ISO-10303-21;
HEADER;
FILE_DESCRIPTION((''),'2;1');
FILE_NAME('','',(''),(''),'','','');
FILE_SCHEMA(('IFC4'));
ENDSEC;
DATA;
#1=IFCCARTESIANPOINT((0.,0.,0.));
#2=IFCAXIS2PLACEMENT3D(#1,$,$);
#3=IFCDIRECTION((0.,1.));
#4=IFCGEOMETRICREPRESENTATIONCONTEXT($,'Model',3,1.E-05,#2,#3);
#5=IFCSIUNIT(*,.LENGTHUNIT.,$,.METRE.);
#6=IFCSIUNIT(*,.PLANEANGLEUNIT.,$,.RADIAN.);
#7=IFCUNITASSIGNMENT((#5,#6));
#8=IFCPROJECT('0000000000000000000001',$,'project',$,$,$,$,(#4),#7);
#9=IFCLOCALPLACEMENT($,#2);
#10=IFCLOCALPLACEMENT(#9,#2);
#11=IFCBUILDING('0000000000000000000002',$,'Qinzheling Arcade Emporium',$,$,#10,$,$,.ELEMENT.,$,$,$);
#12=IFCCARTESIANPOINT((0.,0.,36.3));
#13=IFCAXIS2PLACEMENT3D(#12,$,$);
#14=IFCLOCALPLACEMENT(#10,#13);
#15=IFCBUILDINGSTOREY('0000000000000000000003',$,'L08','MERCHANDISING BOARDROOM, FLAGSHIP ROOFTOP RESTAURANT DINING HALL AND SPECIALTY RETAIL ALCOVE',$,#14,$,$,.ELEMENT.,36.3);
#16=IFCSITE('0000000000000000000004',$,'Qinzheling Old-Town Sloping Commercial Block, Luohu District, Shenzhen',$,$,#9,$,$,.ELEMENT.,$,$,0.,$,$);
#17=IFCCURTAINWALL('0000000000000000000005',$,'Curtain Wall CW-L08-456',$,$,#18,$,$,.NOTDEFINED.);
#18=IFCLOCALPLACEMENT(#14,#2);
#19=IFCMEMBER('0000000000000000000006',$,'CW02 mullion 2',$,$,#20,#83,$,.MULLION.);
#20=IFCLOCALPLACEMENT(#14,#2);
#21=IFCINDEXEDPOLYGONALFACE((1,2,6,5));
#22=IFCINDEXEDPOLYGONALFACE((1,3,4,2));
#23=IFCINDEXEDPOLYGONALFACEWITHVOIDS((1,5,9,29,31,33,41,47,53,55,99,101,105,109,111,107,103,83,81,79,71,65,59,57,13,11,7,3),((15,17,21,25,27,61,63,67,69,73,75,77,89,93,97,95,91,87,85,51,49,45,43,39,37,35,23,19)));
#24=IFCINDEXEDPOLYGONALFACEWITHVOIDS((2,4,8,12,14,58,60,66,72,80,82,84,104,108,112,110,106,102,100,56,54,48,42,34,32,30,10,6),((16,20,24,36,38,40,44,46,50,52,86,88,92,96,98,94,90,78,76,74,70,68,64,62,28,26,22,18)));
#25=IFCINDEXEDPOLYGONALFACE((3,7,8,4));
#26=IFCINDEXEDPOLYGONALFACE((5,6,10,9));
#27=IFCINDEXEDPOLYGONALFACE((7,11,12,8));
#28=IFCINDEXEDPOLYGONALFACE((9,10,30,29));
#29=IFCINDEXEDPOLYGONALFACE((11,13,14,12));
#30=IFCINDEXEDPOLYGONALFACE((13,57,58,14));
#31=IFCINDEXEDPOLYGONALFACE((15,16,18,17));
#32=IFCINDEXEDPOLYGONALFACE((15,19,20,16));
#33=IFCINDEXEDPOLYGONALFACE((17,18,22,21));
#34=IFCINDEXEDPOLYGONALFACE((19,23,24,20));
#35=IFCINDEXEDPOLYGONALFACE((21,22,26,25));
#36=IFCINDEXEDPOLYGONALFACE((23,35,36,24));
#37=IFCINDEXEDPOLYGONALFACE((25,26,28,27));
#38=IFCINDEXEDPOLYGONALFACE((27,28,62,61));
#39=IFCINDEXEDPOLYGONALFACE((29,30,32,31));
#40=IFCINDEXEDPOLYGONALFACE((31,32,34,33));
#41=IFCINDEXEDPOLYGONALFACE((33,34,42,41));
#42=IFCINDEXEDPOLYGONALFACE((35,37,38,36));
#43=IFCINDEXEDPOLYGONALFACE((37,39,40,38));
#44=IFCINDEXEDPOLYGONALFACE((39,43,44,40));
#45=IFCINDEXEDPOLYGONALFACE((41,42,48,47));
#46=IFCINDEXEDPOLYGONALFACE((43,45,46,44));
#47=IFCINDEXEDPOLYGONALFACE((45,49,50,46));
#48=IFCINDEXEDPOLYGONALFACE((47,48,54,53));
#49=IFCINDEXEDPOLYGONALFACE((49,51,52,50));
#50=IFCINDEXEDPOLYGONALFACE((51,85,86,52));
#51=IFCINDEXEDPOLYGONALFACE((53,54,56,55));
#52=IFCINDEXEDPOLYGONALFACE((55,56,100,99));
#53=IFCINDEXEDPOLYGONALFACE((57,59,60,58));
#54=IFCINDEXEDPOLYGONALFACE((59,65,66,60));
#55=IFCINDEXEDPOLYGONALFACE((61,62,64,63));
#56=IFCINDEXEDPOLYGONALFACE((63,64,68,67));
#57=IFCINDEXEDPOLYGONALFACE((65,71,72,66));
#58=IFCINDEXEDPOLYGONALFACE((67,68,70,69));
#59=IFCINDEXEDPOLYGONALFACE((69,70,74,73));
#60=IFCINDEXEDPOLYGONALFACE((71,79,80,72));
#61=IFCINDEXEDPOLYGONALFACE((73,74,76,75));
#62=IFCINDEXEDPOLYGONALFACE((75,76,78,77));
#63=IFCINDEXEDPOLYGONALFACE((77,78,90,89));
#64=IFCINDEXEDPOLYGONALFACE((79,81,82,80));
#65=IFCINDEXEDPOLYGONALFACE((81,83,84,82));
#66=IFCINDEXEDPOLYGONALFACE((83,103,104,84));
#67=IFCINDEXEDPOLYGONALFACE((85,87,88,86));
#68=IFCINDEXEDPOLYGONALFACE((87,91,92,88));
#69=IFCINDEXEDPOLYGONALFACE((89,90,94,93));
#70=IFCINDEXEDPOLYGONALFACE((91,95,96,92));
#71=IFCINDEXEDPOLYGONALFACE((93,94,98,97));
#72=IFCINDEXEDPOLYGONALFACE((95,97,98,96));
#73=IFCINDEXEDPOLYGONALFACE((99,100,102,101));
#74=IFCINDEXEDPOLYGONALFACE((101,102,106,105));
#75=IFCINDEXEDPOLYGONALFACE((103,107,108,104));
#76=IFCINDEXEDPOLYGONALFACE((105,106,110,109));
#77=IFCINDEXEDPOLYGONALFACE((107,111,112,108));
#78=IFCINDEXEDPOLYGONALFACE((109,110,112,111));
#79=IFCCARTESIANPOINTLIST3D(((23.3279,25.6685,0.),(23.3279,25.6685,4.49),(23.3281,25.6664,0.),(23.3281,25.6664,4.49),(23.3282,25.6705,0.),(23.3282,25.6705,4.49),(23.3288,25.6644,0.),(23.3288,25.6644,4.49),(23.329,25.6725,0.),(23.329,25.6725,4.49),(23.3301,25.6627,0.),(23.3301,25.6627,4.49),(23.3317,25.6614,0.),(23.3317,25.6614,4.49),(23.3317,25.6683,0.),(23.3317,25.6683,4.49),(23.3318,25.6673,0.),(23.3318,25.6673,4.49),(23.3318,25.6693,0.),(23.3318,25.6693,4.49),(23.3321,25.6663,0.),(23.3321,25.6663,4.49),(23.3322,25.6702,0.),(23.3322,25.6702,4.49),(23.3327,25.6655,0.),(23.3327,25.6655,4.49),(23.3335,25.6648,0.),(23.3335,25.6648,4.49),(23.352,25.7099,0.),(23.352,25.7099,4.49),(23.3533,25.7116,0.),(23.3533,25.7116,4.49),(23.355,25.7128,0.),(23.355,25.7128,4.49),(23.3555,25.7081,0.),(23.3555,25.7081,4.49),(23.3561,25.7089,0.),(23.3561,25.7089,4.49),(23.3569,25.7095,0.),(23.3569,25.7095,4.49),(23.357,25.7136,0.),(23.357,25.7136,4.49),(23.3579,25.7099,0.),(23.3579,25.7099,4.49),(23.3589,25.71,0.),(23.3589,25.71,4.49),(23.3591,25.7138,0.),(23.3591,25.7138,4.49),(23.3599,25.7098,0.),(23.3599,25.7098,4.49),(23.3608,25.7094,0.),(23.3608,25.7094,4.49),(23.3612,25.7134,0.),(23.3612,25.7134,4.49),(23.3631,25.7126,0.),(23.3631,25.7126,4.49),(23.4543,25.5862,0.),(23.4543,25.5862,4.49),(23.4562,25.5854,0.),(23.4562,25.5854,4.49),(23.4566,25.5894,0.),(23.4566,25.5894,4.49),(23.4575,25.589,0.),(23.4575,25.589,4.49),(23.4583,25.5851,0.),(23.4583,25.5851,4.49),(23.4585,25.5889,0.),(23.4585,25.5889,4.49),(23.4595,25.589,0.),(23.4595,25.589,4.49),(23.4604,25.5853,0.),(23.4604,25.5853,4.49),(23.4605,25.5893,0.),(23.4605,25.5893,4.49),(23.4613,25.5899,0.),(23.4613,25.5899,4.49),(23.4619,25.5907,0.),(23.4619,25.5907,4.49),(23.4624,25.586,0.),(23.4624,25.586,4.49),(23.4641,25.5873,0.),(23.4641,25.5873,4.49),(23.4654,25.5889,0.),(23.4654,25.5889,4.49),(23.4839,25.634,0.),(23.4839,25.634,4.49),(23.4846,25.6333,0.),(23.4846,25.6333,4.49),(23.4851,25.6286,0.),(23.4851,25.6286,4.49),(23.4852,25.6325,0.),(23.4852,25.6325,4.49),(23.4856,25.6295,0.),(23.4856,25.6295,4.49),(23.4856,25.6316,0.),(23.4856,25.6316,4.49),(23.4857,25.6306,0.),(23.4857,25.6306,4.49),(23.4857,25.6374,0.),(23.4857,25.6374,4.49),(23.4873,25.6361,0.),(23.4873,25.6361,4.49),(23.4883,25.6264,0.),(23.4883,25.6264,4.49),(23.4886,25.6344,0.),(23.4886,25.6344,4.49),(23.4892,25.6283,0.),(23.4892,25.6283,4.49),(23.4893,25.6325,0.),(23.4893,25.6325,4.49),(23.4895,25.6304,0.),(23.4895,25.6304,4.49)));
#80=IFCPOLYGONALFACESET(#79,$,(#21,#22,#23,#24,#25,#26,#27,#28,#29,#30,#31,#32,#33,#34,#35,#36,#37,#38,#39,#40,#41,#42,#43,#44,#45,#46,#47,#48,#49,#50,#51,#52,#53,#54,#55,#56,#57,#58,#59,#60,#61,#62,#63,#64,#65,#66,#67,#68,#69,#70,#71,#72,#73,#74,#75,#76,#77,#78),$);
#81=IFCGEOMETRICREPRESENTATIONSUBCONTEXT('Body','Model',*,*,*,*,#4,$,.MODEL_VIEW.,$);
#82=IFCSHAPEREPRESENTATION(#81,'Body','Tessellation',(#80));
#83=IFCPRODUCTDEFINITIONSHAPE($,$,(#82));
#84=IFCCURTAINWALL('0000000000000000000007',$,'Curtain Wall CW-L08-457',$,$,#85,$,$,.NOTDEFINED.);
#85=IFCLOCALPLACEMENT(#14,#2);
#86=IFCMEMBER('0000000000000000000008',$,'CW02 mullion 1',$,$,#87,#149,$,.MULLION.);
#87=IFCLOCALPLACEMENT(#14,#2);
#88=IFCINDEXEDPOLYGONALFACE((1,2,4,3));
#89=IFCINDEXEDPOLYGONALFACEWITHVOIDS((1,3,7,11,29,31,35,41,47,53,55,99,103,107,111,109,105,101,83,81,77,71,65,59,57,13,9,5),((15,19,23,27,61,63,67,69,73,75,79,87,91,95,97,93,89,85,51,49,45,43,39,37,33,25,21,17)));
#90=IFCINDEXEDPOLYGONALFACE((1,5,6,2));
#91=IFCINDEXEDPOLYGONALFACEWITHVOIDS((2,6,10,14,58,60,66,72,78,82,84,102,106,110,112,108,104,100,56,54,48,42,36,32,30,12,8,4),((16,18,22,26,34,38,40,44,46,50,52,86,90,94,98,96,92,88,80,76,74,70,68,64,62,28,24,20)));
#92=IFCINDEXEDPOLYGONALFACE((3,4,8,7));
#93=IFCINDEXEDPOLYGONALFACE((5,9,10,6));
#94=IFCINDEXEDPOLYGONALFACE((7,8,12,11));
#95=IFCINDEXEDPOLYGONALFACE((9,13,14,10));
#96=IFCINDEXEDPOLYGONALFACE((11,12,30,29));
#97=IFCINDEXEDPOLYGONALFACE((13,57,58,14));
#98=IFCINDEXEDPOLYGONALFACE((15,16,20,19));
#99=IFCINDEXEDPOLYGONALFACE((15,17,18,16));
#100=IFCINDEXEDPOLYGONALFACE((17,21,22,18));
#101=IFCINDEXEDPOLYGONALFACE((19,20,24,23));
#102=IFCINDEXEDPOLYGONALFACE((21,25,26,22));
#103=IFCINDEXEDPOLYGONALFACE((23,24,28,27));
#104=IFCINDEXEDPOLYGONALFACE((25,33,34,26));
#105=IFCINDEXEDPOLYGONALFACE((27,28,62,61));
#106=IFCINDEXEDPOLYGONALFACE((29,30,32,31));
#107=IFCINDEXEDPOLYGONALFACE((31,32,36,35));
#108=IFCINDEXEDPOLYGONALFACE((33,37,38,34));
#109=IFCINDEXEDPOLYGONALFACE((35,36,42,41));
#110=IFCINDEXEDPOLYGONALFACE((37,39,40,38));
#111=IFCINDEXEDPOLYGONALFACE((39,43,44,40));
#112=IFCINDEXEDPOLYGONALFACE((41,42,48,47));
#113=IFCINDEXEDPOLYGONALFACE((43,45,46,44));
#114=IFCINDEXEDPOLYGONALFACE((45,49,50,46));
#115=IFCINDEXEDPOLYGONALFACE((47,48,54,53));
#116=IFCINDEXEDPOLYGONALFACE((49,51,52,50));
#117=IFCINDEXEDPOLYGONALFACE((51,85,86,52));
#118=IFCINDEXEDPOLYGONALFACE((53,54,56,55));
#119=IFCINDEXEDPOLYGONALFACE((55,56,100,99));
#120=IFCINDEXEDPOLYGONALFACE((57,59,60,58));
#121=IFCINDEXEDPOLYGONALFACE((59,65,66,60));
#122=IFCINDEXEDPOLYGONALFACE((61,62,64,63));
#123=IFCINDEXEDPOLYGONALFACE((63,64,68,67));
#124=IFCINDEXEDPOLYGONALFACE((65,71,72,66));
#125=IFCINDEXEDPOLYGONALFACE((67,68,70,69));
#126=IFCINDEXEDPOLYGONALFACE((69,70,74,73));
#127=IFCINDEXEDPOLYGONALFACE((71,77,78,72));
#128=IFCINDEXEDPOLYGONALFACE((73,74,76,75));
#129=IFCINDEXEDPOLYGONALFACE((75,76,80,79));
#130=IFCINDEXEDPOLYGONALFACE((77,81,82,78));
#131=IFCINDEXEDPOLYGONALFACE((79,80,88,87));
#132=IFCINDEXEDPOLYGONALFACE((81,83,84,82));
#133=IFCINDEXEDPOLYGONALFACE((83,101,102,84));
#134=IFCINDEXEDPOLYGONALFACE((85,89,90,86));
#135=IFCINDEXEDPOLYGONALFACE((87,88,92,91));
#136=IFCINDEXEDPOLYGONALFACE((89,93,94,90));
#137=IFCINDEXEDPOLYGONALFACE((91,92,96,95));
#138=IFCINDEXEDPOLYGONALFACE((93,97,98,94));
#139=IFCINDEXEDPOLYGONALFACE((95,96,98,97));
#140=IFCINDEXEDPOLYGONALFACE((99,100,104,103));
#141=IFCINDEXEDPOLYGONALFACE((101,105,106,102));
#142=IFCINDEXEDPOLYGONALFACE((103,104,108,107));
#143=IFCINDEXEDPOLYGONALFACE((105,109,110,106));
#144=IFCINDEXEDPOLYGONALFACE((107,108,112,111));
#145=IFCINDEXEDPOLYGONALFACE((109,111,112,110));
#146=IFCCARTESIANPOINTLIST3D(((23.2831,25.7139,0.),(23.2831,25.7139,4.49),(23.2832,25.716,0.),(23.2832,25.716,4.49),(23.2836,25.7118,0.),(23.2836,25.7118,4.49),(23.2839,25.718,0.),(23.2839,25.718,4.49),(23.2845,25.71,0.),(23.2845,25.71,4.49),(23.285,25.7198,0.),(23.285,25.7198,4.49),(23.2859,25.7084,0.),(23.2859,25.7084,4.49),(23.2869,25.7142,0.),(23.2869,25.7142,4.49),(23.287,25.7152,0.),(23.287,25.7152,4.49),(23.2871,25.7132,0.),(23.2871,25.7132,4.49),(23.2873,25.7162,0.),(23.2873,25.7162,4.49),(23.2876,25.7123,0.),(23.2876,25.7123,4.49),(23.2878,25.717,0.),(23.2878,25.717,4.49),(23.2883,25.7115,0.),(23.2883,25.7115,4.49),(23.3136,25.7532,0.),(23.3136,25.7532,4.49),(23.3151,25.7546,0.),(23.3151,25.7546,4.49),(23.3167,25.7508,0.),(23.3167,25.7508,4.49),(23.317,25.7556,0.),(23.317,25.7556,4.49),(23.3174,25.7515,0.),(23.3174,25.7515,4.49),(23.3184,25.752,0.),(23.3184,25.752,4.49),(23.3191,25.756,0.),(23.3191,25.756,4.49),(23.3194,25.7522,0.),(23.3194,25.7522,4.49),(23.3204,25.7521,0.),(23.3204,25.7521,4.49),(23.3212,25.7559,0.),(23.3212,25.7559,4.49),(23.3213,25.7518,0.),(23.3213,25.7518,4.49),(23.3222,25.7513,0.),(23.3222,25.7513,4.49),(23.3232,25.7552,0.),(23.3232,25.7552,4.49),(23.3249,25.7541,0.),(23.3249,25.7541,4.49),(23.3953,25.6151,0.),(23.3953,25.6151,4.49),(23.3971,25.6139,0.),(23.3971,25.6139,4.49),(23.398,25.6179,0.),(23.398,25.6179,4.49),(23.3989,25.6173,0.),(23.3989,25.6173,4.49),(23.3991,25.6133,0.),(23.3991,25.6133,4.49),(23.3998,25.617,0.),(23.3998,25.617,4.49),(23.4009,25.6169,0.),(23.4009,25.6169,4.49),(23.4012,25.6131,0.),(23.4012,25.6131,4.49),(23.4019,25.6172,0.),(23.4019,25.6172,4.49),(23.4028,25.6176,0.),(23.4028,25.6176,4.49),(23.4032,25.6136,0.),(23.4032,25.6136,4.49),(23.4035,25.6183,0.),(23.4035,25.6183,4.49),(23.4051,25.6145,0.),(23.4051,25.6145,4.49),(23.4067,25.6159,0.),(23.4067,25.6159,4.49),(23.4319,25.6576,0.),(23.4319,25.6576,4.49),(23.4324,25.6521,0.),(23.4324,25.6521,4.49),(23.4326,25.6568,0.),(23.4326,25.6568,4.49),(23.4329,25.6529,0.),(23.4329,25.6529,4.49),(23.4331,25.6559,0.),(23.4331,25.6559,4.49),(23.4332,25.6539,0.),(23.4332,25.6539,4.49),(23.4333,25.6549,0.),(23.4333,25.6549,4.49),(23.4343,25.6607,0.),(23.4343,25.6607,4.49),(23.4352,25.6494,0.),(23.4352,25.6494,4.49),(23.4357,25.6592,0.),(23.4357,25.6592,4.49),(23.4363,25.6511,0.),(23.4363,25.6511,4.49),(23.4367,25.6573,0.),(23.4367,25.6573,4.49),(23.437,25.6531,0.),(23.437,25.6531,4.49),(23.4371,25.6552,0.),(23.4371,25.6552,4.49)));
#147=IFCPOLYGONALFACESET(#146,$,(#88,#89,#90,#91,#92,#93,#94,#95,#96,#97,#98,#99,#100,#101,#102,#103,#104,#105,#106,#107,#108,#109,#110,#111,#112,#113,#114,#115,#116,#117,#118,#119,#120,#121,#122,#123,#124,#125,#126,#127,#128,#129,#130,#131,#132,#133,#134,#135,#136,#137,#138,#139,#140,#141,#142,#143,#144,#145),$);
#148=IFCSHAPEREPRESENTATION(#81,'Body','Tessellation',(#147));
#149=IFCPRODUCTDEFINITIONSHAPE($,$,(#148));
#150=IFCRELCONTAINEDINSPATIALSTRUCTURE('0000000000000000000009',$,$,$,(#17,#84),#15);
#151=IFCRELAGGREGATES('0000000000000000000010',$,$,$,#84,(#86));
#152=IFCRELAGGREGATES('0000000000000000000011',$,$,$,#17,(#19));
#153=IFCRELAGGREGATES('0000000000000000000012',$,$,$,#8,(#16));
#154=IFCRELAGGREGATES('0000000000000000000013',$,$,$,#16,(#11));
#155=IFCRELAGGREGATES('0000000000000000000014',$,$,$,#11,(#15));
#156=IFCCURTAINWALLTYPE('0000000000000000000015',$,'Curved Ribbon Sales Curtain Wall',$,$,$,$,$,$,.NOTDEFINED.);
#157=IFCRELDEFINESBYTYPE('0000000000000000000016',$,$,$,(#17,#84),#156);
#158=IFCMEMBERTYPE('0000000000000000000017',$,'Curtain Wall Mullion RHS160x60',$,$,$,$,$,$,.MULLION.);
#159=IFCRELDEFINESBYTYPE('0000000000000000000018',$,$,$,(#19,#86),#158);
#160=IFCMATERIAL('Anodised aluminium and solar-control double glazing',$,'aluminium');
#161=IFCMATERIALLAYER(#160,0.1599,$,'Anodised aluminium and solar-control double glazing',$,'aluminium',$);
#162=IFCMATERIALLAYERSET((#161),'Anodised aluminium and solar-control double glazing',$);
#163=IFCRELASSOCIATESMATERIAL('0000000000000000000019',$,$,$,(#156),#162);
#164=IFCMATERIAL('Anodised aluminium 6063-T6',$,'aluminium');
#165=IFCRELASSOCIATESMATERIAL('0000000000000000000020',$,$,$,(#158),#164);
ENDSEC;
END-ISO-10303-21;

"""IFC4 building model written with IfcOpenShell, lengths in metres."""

from ifc_helpers import new_model, si_unit, direction, frame, origin, origin_2d, place, context, subcontext, project, spatial, hollow_rectangle, extrude, material, layer, layer_set, material_profile, profile_set, type_object, element, aggregate, save


model = new_model("IFC4")

# Units and contexts
model_context = context("Model", 3, precision=1e-05, world=origin(), true_north=direction((0.0, 1.0)))
body_context = subcontext(model_context, "Body", "Model", "MODEL_VIEW")
ifc_project = project(units=[si_unit("LENGTHUNIT", "METRE"), si_unit("PLANEANGLEUNIT", "RADIAN")], contexts=[model_context])

# Site, building, storey
site_placement = place(None, origin())
site = spatial("IfcSite", under=ifc_project, at=site_placement, Name="Qinzheling Old-Town Sloping Commercial Block, Luohu District, Shenzhen", CompositionType="ELEMENT", RefElevation=0.0)
building_placement = place(site_placement, origin())
building = spatial("IfcBuilding", under=site, at=building_placement, Name="Qinzheling Arcade Emporium", CompositionType="ELEMENT")
storey_placement = place(building_placement, frame((0.0, 0.0, 36.3)))
storey = spatial("IfcBuildingStorey", under=building, at=storey_placement, Name="L08", Description="MERCHANDISING BOARDROOM, FLAGSHIP ROOFTOP RESTAURANT DINING HALL AND SPECIALTY RETAIL ALCOVE", CompositionType="ELEMENT", Elevation=36.3)

# Shared definitions
ifc_material_1 = material(Name="Anodised aluminium and solar-control double glazing", Category="aluminium")
ifc_layer_1 = layer(ifc_material_1, 0.1599, Name="Anodised aluminium and solar-control double glazing", Category="aluminium")
ifc_layer_set_1 = layer_set([ifc_layer_1], Name="Anodised aluminium and solar-control double glazing")
curtain_wall_type = type_object("IfcCurtainWallType", Name="Curved Ribbon Sales Curtain Wall", PredefinedType="NOTDEFINED", material=ifc_layer_set_1)
ifc_material_2 = material(Name="Anodised aluminium 6063-T6", Category="aluminium")
ifc_material_profile_1 = material_profile(ifc_material_2, hollow_rectangle(XDim=0.0601, YDim=0.1599, WallThickness=0.0039, InnerFilletRadius=0.0039, OuterFilletRadius=0.0081, at=origin_2d()), Name="RHS 160x60x4", Category="aluminium")
ifc_profile_set_1 = profile_set([ifc_material_profile_1], Name="Anodised aluminium 6063-T6")
member_type_1 = type_object("IfcMemberType", Name="Curtain Wall Mullion RHS160x60", PredefinedType="MULLION", material=ifc_profile_set_1)

# Curtain wall, member
curtain_wall_1_placement = place(storey_placement, origin())
curtain_wall_1 = element("IfcCurtainWall", 1, at=curtain_wall_1_placement, inside=storey, type_object=curtain_wall_type, Name="Curtain Wall CW-L08-456", PredefinedType="NOTDEFINED")
member_1_placement = place(storey_placement, frame((23.4087, 25.6494, 0.0), z_axis=(0.0, 0.0, 1.0), x_axis=(-0.522532, -0.85262, 0.0)))
member_1 = element("IfcMember", 2, at=member_1_placement, type_object=member_type_1, Name="CW02 mullion 2", PredefinedType="MULLION", context=body_context, shape_type="SweptSolid", body=[
    extrude(hollow_rectangle(XDim=0.0601, YDim=0.1599, WallThickness=0.0039, InnerFilletRadius=0.0039, OuterFilletRadius=0.0081, at=origin_2d()), origin(), (0.0, 0.0, 1.0), 4.49),
])

# Curtain wall, member
curtain_wall_2_placement = place(storey_placement, origin())
curtain_wall_2 = element("IfcCurtainWall", 3, at=curtain_wall_2_placement, inside=storey, type_object=curtain_wall_type, Name="Curtain Wall CW-L08-457", PredefinedType="NOTDEFINED")
member_2_placement = place(storey_placement, frame((23.3601, 25.6846, 0.0), z_axis=(0.0, 0.0, 1.0), x_axis=(-0.64925, -0.760575, 0.0)))
member_2 = element("IfcMember", 4, at=member_2_placement, type_object=member_type_1, Name="CW02 mullion 1", PredefinedType="MULLION", context=body_context, shape_type="SweptSolid", body=[
    extrude(hollow_rectangle(XDim=0.0601, YDim=0.1599, WallThickness=0.0039, InnerFilletRadius=0.0039, OuterFilletRadius=0.0081, at=origin_2d()), origin(), (0.0, 0.0, 1.0), 4.49),
])

aggregate(curtain_wall_2, [member_2])

aggregate(curtain_wall_1, [member_1])

save(model, "model.ifc")
